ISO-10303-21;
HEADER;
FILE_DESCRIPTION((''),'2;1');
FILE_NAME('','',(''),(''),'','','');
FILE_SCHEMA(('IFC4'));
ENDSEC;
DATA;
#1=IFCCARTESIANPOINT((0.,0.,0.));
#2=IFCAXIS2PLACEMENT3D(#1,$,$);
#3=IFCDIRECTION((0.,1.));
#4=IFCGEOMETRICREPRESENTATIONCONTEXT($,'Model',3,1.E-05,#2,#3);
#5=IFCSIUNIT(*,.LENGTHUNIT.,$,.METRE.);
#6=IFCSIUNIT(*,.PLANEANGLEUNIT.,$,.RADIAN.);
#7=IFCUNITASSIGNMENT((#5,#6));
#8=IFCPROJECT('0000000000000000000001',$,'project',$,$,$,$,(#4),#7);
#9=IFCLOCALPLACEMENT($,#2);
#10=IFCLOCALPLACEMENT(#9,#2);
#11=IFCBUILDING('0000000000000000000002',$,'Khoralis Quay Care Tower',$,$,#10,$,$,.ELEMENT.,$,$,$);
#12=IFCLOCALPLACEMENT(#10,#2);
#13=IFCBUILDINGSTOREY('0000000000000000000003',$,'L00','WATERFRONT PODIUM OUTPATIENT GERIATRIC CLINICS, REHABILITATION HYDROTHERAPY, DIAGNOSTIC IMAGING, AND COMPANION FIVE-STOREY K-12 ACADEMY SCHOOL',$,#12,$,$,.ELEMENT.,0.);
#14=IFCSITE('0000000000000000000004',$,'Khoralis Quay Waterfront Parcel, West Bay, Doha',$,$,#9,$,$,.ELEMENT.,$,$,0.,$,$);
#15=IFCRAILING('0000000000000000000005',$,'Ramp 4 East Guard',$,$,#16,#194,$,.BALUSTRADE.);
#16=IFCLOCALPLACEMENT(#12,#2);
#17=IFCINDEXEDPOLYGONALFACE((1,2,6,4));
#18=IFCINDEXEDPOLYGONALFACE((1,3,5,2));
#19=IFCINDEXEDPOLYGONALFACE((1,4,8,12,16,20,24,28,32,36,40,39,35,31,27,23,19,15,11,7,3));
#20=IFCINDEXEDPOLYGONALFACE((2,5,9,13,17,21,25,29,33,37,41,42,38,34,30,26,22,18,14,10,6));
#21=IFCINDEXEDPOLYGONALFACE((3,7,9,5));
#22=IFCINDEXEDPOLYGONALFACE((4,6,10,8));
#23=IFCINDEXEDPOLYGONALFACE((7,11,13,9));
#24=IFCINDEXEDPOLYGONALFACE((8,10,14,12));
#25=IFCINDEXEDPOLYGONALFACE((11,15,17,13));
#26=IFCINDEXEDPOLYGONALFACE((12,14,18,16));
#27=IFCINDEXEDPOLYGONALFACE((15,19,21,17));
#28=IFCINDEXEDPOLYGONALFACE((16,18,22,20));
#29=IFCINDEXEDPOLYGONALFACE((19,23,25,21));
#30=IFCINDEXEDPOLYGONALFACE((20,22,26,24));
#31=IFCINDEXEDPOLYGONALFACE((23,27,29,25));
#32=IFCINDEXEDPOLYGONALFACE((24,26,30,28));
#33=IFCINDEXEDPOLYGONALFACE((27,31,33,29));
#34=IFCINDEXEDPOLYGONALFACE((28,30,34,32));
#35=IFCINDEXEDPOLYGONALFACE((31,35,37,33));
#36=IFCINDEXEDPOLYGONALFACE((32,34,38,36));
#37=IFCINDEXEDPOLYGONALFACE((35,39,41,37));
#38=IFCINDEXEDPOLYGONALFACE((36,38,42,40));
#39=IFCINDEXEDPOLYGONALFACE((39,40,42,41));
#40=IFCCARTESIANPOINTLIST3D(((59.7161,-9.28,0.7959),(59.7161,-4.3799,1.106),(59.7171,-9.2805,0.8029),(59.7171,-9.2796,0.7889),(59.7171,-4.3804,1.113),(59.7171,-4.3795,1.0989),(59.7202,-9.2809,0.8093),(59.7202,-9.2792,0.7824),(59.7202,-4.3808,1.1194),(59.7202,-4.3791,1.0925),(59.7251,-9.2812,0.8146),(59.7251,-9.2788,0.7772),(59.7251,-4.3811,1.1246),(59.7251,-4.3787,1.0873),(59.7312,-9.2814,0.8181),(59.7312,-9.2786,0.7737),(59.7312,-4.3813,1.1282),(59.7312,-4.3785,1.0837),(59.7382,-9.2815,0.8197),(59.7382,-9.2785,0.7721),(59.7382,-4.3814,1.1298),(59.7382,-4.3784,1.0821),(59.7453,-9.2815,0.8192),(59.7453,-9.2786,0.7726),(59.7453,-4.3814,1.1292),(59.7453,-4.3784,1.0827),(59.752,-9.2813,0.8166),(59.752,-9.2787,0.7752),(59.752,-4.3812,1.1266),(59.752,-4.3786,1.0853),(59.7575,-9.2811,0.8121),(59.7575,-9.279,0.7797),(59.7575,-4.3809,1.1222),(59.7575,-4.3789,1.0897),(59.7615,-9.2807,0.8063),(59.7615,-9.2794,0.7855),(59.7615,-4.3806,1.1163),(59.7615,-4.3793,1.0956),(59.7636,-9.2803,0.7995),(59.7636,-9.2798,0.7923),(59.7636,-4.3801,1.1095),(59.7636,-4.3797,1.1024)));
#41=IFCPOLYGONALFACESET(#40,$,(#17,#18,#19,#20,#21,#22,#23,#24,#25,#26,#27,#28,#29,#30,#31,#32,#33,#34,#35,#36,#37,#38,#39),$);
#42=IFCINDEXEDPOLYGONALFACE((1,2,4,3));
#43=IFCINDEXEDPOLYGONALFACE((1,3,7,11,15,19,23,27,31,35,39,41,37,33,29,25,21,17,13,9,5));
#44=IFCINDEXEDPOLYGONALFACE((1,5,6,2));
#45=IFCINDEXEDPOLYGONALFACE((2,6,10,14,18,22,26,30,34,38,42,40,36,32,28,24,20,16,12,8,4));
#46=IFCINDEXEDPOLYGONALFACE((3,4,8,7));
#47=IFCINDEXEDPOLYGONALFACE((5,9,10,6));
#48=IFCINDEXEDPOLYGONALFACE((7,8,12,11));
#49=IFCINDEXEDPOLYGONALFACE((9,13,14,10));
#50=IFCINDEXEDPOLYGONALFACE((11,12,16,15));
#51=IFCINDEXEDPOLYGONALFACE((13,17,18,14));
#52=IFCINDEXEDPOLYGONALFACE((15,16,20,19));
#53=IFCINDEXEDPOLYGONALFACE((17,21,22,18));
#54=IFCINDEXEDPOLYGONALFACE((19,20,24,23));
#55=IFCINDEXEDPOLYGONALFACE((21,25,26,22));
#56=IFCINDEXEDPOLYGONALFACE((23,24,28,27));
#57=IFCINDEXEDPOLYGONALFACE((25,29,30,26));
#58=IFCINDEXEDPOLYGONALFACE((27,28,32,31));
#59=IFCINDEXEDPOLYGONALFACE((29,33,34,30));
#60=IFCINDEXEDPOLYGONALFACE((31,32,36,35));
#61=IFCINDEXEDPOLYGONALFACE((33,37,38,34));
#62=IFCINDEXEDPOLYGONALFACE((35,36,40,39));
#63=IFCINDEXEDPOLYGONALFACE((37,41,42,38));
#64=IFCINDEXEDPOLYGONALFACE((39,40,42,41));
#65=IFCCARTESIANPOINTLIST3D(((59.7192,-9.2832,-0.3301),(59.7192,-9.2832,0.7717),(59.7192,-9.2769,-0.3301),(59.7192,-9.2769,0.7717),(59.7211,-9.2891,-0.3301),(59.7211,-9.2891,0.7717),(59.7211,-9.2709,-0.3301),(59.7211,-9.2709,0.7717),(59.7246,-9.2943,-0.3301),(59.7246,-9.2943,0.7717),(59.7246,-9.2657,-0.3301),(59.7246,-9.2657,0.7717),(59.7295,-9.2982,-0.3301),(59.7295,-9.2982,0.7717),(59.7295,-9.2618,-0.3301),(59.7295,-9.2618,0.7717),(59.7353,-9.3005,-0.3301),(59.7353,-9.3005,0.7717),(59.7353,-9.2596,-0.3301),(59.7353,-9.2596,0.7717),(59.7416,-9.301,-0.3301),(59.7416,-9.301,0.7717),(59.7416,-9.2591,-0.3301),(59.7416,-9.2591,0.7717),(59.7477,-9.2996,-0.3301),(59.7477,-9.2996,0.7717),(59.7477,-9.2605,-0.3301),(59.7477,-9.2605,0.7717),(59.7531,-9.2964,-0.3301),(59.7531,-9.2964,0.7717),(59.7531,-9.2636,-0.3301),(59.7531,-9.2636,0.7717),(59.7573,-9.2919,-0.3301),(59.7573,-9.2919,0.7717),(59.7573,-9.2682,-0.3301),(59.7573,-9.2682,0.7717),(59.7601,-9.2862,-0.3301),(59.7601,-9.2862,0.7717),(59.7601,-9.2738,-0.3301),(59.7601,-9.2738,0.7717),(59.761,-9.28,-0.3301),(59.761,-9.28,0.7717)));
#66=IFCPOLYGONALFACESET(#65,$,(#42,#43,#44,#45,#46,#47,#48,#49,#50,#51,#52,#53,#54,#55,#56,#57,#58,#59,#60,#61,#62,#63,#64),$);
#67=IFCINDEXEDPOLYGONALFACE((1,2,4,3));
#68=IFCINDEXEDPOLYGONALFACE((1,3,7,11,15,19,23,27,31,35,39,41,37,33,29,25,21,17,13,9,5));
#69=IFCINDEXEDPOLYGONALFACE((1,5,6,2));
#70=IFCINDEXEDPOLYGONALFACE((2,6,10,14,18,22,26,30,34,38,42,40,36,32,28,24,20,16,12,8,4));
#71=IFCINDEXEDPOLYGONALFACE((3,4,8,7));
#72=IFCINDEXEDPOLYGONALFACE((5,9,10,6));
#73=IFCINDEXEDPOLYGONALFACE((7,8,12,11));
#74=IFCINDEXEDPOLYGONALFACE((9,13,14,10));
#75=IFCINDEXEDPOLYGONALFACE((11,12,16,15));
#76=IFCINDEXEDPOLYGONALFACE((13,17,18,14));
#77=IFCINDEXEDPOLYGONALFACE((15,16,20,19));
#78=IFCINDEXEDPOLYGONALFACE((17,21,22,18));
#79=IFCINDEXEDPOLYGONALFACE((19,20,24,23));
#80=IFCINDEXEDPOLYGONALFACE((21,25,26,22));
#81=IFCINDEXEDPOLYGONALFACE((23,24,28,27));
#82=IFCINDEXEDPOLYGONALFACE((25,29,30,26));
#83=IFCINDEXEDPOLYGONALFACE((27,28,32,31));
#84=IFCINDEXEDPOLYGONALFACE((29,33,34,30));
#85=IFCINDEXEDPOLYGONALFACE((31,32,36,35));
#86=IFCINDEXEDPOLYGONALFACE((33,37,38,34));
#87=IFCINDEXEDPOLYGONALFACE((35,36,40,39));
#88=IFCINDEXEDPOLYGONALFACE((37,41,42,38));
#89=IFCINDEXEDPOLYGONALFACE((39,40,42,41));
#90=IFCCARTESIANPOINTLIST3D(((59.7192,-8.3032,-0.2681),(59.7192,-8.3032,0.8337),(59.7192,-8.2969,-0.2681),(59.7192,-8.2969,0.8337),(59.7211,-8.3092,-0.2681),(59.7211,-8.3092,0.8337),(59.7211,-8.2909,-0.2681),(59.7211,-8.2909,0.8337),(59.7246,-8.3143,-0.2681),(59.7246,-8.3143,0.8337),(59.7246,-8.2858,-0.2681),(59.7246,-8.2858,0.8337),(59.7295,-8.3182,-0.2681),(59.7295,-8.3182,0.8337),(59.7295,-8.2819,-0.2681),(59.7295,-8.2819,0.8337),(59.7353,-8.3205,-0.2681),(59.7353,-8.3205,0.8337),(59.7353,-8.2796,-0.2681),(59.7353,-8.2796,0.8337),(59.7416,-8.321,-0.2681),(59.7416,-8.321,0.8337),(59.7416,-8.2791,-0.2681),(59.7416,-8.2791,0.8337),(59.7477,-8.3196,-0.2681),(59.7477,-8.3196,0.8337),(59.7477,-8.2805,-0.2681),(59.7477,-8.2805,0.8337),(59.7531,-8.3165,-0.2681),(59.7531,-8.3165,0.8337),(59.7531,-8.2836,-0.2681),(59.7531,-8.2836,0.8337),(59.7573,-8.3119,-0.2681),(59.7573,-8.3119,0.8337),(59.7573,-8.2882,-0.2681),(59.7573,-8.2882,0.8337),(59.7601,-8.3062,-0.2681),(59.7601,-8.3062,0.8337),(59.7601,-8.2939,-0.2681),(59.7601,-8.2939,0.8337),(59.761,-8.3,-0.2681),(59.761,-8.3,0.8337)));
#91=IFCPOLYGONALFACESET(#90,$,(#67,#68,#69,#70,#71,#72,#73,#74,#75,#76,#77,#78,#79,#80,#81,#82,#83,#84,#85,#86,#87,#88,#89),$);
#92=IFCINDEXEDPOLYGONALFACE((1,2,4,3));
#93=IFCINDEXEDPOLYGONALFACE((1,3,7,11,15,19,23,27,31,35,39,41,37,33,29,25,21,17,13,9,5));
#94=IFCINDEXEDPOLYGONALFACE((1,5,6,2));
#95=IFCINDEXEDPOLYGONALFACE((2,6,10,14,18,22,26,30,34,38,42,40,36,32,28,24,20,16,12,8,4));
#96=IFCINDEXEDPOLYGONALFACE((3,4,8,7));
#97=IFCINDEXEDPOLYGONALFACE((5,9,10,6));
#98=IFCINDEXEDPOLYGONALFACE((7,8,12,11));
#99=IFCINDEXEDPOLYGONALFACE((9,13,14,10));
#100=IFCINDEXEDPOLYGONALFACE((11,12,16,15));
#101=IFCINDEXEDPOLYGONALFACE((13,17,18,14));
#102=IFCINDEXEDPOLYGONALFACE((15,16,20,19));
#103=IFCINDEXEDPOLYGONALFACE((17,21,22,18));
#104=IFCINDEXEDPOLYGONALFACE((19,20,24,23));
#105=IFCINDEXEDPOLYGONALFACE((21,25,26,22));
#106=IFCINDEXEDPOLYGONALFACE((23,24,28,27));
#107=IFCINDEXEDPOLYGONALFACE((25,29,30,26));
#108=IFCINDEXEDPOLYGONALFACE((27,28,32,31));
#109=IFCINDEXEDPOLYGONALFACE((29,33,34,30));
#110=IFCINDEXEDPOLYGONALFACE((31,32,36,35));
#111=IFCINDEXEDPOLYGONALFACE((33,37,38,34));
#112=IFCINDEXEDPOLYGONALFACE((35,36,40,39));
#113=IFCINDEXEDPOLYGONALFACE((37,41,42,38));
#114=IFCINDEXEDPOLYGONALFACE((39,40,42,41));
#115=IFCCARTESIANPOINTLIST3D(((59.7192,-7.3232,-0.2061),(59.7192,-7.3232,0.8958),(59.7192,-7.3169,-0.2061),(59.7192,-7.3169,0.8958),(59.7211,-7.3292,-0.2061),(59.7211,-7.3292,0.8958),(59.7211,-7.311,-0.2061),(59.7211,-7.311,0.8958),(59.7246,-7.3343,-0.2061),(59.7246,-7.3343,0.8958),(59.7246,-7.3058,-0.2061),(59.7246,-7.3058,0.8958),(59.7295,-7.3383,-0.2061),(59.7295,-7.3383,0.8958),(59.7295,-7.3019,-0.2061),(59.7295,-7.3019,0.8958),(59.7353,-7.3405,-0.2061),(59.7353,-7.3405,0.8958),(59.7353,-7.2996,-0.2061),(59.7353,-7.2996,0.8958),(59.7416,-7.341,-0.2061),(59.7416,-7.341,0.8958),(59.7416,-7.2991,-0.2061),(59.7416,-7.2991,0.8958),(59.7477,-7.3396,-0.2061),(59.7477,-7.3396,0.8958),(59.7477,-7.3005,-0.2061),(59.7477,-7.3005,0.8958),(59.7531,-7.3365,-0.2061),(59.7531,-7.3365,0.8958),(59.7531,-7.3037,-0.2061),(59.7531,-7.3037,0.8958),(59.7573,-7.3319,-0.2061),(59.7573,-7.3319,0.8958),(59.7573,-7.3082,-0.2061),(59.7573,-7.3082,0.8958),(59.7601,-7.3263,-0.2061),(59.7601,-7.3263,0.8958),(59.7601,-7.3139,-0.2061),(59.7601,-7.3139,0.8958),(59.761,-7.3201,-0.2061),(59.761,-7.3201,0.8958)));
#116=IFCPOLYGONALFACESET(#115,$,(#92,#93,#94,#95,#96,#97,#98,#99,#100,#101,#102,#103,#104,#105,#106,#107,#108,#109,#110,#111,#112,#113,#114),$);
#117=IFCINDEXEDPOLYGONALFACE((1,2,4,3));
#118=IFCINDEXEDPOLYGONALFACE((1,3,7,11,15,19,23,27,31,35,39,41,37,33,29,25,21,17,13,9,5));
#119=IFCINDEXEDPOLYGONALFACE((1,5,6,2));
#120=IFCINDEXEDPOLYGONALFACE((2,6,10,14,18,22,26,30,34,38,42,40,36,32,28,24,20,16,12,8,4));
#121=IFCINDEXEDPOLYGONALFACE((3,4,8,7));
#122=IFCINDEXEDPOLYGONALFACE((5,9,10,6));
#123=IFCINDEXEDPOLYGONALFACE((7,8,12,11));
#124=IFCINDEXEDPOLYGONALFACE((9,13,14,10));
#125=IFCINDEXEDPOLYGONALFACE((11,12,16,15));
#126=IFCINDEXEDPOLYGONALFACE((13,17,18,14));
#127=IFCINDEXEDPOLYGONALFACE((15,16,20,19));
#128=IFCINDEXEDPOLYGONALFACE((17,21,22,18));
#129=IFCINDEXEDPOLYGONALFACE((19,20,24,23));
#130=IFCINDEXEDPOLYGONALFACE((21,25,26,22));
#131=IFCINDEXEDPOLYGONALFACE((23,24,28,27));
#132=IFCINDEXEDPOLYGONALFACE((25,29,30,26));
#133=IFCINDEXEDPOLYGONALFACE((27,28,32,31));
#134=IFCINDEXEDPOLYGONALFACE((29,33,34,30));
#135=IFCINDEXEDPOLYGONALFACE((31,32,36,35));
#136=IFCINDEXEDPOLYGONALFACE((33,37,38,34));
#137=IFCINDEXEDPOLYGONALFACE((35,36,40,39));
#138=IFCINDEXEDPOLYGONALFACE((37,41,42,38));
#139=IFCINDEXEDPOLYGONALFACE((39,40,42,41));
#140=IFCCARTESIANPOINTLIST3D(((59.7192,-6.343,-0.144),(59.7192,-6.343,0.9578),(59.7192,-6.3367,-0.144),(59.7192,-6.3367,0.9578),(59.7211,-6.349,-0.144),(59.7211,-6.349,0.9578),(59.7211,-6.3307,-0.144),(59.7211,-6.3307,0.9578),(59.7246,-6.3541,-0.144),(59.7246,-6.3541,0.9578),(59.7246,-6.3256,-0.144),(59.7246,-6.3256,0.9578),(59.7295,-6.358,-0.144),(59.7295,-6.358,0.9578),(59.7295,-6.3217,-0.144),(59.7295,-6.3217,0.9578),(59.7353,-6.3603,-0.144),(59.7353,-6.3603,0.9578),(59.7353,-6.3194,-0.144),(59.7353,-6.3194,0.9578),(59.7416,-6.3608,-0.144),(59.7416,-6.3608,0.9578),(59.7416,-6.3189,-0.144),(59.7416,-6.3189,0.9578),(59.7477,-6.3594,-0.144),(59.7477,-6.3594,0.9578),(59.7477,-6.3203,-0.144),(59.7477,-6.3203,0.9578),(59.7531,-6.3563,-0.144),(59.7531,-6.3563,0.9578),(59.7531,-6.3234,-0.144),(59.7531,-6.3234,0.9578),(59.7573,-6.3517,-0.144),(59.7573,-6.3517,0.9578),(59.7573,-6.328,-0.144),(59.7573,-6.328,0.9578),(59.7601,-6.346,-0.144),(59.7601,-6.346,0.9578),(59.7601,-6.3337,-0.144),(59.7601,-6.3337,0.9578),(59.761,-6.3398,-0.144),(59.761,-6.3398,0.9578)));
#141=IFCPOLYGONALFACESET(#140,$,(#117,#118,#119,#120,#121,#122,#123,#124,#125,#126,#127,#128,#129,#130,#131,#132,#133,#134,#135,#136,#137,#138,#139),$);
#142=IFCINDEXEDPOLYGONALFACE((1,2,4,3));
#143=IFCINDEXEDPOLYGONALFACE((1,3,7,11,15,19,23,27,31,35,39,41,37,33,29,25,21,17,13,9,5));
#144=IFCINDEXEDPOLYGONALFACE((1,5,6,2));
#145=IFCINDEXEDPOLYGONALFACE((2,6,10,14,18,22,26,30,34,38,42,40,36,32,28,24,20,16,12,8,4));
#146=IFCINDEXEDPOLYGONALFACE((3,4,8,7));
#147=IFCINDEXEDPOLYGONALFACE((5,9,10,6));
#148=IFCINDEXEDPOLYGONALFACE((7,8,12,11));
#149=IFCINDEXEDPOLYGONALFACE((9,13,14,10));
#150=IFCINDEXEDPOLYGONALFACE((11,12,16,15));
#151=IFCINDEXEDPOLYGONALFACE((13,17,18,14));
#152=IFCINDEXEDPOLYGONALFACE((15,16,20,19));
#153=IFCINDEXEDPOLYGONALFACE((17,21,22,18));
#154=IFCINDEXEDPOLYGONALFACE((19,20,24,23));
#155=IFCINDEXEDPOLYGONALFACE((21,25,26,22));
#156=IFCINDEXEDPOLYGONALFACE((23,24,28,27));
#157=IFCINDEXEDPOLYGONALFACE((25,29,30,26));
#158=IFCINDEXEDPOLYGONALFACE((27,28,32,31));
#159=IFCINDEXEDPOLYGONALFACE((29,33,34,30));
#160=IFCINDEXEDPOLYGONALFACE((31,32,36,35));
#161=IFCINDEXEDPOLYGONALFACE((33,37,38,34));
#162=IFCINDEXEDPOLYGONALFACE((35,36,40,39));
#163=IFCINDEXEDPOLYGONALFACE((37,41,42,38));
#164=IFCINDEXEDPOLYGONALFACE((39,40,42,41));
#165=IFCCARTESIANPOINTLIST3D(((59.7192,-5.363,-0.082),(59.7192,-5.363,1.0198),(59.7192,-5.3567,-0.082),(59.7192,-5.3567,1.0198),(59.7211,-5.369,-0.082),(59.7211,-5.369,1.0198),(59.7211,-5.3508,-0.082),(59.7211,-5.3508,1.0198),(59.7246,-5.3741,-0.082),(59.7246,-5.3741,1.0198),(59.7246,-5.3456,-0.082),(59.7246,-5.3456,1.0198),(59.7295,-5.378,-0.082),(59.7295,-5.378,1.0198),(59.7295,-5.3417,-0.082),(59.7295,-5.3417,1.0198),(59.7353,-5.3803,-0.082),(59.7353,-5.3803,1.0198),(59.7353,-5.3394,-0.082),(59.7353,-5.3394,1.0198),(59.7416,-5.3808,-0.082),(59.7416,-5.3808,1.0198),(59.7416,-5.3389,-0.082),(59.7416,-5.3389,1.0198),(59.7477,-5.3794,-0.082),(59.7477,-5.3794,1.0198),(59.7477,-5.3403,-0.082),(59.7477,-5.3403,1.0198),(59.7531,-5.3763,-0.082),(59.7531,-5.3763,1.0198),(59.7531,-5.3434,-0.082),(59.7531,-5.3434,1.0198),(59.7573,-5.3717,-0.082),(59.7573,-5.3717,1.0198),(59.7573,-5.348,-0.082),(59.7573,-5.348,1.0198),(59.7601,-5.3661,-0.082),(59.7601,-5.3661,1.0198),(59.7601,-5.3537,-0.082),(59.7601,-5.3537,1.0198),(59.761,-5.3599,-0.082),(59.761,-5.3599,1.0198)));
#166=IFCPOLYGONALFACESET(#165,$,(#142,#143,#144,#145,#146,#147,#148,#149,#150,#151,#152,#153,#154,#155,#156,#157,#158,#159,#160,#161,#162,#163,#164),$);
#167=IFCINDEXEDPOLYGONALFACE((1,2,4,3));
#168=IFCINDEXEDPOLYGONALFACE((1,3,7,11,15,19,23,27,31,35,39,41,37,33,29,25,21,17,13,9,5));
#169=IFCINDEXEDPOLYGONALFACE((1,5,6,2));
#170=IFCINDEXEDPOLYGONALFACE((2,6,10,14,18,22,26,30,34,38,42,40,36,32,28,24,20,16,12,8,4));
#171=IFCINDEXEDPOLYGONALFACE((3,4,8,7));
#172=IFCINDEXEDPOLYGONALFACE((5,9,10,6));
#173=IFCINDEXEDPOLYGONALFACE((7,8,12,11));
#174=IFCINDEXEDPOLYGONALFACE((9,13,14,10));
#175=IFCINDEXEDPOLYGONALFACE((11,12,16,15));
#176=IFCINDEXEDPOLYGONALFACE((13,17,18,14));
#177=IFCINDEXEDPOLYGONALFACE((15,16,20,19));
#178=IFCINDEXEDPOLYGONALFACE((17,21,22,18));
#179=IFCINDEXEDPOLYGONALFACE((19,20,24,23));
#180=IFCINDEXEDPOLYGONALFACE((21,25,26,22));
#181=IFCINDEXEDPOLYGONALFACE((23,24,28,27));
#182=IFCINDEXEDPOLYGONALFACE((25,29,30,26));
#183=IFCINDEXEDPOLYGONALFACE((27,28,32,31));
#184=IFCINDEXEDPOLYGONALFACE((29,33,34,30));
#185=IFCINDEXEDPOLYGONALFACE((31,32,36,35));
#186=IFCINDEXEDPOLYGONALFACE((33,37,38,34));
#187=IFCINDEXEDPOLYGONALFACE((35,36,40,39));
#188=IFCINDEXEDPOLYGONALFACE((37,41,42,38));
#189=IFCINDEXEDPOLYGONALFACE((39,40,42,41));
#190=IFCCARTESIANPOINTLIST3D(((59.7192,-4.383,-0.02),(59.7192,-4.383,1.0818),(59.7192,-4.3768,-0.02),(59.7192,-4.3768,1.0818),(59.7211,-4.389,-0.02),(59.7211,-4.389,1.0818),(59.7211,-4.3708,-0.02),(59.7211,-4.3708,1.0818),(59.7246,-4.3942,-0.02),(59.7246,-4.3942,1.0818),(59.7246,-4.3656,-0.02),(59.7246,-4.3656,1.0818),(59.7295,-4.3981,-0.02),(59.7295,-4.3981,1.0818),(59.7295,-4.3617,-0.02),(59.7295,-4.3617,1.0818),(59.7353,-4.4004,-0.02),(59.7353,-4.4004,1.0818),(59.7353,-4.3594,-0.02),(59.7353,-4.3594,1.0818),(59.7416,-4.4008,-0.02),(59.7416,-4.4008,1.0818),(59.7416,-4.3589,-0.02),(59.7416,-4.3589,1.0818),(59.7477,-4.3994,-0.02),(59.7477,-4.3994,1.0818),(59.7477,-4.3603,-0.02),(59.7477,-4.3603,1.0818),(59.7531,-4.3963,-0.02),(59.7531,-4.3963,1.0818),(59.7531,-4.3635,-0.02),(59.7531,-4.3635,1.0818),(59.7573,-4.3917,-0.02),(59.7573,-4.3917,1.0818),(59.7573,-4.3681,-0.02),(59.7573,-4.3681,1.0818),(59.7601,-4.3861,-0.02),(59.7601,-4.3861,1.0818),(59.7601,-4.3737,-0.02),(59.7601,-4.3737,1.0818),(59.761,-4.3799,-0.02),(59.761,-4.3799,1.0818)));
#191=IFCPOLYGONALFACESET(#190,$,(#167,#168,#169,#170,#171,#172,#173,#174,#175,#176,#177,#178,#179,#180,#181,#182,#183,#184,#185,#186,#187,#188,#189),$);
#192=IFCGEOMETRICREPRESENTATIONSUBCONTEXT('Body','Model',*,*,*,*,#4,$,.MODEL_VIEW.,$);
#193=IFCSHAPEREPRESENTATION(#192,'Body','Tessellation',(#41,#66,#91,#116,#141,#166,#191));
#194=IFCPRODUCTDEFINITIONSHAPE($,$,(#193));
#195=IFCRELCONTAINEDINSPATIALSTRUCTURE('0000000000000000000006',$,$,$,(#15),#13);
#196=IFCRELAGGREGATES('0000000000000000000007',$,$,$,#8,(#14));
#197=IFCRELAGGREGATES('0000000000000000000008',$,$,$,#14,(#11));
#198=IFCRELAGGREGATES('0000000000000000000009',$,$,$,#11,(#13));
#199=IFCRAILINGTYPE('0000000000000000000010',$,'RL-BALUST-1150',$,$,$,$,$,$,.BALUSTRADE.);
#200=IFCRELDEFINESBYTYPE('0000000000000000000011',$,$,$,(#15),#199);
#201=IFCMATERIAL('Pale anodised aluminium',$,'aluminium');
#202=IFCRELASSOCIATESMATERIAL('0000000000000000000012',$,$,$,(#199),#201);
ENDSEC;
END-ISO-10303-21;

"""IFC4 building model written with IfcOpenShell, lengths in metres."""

from ifc_helpers import new_model, si_unit, direction, frame, origin, origin_2d, place, context, subcontext, project, spatial, circle, extrude, material, type_object, element, save


model = new_model("IFC4")

# Units and contexts
model_context = context("Model", 3, precision=1e-05, world=origin(), true_north=direction((0.0, 1.0)))
body_context = subcontext(model_context, "Body", "Model", "MODEL_VIEW")
ifc_project = project(units=[si_unit("LENGTHUNIT", "METRE"), si_unit("PLANEANGLEUNIT", "RADIAN")], contexts=[model_context])

# Site, building, storey
site_placement = place(None, origin())
site = spatial("IfcSite", under=ifc_project, at=site_placement, Name="Khoralis Quay Waterfront Parcel, West Bay, Doha", CompositionType="ELEMENT", RefElevation=0.0)
building_placement = place(site_placement, origin())
building = spatial("IfcBuilding", under=site, at=building_placement, Name="Khoralis Quay Care Tower", CompositionType="ELEMENT")
storey_placement = place(building_placement, origin())
storey = spatial("IfcBuildingStorey", under=building, at=storey_placement, Name="L00", Description="WATERFRONT PODIUM OUTPATIENT GERIATRIC CLINICS, REHABILITATION HYDROTHERAPY, DIAGNOSTIC IMAGING, AND COMPANION FIVE-STOREY K-12 ACADEMY SCHOOL", CompositionType="ELEMENT", Elevation=0.0)

# Railing
ifc_material_1 = material(Name="Pale anodised aluminium", Category="aluminium")
railing_type = type_object("IfcRailingType", Name="RL-BALUST-1150", PredefinedType="BALUSTRADE", material=ifc_material_1)
for number, where, name in (
    (1, (59.74, -9.28, -0.3301), "Ramp 4 East Guard"),
):
    element("IfcRailing", number, at=place(storey_placement, frame(where)), inside=storey, type_object=railing_type, Name=name, PredefinedType="BALUSTRADE", context=body_context, shape_type="SweptSolid", body=[
        extrude(circle(Radius=0.0239, at=origin_2d()), frame((0.0, 0.0, 1.126), z_axis=(0.0, 0.998004, 0.063149), x_axis=(-1.0, 0.0, 0.0)), (0.0, 0.0, 1.0), 4.9099),
        extrude(circle(Radius=0.021, at=origin_2d()), origin(), (0.0, 0.0, 1.0), 1.1018),
        extrude(circle(Radius=0.021, at=origin_2d()), frame((0.0, 0.98, 0.062)), (0.0, 0.0, 1.0), 1.1018),
        extrude(circle(Radius=0.021, at=origin_2d()), frame((0.0, 1.96, 0.124)), (0.0, 0.0, 1.0), 1.1018),
        extrude(circle(Radius=0.021, at=origin_2d()), frame((0.0, 2.9402, 0.186)), (0.0, 0.0, 1.0), 1.1018),
        extrude(circle(Radius=0.021, at=origin_2d()), frame((0.0, 3.9202, 0.248)), (0.0, 0.0, 1.0), 1.1018),
        extrude(circle(Radius=0.021, at=origin_2d()), frame((0.0, 4.9001, 0.3101)), (0.0, 0.0, 1.0), 1.1018),
    ])

save(model, "model.ifc")
